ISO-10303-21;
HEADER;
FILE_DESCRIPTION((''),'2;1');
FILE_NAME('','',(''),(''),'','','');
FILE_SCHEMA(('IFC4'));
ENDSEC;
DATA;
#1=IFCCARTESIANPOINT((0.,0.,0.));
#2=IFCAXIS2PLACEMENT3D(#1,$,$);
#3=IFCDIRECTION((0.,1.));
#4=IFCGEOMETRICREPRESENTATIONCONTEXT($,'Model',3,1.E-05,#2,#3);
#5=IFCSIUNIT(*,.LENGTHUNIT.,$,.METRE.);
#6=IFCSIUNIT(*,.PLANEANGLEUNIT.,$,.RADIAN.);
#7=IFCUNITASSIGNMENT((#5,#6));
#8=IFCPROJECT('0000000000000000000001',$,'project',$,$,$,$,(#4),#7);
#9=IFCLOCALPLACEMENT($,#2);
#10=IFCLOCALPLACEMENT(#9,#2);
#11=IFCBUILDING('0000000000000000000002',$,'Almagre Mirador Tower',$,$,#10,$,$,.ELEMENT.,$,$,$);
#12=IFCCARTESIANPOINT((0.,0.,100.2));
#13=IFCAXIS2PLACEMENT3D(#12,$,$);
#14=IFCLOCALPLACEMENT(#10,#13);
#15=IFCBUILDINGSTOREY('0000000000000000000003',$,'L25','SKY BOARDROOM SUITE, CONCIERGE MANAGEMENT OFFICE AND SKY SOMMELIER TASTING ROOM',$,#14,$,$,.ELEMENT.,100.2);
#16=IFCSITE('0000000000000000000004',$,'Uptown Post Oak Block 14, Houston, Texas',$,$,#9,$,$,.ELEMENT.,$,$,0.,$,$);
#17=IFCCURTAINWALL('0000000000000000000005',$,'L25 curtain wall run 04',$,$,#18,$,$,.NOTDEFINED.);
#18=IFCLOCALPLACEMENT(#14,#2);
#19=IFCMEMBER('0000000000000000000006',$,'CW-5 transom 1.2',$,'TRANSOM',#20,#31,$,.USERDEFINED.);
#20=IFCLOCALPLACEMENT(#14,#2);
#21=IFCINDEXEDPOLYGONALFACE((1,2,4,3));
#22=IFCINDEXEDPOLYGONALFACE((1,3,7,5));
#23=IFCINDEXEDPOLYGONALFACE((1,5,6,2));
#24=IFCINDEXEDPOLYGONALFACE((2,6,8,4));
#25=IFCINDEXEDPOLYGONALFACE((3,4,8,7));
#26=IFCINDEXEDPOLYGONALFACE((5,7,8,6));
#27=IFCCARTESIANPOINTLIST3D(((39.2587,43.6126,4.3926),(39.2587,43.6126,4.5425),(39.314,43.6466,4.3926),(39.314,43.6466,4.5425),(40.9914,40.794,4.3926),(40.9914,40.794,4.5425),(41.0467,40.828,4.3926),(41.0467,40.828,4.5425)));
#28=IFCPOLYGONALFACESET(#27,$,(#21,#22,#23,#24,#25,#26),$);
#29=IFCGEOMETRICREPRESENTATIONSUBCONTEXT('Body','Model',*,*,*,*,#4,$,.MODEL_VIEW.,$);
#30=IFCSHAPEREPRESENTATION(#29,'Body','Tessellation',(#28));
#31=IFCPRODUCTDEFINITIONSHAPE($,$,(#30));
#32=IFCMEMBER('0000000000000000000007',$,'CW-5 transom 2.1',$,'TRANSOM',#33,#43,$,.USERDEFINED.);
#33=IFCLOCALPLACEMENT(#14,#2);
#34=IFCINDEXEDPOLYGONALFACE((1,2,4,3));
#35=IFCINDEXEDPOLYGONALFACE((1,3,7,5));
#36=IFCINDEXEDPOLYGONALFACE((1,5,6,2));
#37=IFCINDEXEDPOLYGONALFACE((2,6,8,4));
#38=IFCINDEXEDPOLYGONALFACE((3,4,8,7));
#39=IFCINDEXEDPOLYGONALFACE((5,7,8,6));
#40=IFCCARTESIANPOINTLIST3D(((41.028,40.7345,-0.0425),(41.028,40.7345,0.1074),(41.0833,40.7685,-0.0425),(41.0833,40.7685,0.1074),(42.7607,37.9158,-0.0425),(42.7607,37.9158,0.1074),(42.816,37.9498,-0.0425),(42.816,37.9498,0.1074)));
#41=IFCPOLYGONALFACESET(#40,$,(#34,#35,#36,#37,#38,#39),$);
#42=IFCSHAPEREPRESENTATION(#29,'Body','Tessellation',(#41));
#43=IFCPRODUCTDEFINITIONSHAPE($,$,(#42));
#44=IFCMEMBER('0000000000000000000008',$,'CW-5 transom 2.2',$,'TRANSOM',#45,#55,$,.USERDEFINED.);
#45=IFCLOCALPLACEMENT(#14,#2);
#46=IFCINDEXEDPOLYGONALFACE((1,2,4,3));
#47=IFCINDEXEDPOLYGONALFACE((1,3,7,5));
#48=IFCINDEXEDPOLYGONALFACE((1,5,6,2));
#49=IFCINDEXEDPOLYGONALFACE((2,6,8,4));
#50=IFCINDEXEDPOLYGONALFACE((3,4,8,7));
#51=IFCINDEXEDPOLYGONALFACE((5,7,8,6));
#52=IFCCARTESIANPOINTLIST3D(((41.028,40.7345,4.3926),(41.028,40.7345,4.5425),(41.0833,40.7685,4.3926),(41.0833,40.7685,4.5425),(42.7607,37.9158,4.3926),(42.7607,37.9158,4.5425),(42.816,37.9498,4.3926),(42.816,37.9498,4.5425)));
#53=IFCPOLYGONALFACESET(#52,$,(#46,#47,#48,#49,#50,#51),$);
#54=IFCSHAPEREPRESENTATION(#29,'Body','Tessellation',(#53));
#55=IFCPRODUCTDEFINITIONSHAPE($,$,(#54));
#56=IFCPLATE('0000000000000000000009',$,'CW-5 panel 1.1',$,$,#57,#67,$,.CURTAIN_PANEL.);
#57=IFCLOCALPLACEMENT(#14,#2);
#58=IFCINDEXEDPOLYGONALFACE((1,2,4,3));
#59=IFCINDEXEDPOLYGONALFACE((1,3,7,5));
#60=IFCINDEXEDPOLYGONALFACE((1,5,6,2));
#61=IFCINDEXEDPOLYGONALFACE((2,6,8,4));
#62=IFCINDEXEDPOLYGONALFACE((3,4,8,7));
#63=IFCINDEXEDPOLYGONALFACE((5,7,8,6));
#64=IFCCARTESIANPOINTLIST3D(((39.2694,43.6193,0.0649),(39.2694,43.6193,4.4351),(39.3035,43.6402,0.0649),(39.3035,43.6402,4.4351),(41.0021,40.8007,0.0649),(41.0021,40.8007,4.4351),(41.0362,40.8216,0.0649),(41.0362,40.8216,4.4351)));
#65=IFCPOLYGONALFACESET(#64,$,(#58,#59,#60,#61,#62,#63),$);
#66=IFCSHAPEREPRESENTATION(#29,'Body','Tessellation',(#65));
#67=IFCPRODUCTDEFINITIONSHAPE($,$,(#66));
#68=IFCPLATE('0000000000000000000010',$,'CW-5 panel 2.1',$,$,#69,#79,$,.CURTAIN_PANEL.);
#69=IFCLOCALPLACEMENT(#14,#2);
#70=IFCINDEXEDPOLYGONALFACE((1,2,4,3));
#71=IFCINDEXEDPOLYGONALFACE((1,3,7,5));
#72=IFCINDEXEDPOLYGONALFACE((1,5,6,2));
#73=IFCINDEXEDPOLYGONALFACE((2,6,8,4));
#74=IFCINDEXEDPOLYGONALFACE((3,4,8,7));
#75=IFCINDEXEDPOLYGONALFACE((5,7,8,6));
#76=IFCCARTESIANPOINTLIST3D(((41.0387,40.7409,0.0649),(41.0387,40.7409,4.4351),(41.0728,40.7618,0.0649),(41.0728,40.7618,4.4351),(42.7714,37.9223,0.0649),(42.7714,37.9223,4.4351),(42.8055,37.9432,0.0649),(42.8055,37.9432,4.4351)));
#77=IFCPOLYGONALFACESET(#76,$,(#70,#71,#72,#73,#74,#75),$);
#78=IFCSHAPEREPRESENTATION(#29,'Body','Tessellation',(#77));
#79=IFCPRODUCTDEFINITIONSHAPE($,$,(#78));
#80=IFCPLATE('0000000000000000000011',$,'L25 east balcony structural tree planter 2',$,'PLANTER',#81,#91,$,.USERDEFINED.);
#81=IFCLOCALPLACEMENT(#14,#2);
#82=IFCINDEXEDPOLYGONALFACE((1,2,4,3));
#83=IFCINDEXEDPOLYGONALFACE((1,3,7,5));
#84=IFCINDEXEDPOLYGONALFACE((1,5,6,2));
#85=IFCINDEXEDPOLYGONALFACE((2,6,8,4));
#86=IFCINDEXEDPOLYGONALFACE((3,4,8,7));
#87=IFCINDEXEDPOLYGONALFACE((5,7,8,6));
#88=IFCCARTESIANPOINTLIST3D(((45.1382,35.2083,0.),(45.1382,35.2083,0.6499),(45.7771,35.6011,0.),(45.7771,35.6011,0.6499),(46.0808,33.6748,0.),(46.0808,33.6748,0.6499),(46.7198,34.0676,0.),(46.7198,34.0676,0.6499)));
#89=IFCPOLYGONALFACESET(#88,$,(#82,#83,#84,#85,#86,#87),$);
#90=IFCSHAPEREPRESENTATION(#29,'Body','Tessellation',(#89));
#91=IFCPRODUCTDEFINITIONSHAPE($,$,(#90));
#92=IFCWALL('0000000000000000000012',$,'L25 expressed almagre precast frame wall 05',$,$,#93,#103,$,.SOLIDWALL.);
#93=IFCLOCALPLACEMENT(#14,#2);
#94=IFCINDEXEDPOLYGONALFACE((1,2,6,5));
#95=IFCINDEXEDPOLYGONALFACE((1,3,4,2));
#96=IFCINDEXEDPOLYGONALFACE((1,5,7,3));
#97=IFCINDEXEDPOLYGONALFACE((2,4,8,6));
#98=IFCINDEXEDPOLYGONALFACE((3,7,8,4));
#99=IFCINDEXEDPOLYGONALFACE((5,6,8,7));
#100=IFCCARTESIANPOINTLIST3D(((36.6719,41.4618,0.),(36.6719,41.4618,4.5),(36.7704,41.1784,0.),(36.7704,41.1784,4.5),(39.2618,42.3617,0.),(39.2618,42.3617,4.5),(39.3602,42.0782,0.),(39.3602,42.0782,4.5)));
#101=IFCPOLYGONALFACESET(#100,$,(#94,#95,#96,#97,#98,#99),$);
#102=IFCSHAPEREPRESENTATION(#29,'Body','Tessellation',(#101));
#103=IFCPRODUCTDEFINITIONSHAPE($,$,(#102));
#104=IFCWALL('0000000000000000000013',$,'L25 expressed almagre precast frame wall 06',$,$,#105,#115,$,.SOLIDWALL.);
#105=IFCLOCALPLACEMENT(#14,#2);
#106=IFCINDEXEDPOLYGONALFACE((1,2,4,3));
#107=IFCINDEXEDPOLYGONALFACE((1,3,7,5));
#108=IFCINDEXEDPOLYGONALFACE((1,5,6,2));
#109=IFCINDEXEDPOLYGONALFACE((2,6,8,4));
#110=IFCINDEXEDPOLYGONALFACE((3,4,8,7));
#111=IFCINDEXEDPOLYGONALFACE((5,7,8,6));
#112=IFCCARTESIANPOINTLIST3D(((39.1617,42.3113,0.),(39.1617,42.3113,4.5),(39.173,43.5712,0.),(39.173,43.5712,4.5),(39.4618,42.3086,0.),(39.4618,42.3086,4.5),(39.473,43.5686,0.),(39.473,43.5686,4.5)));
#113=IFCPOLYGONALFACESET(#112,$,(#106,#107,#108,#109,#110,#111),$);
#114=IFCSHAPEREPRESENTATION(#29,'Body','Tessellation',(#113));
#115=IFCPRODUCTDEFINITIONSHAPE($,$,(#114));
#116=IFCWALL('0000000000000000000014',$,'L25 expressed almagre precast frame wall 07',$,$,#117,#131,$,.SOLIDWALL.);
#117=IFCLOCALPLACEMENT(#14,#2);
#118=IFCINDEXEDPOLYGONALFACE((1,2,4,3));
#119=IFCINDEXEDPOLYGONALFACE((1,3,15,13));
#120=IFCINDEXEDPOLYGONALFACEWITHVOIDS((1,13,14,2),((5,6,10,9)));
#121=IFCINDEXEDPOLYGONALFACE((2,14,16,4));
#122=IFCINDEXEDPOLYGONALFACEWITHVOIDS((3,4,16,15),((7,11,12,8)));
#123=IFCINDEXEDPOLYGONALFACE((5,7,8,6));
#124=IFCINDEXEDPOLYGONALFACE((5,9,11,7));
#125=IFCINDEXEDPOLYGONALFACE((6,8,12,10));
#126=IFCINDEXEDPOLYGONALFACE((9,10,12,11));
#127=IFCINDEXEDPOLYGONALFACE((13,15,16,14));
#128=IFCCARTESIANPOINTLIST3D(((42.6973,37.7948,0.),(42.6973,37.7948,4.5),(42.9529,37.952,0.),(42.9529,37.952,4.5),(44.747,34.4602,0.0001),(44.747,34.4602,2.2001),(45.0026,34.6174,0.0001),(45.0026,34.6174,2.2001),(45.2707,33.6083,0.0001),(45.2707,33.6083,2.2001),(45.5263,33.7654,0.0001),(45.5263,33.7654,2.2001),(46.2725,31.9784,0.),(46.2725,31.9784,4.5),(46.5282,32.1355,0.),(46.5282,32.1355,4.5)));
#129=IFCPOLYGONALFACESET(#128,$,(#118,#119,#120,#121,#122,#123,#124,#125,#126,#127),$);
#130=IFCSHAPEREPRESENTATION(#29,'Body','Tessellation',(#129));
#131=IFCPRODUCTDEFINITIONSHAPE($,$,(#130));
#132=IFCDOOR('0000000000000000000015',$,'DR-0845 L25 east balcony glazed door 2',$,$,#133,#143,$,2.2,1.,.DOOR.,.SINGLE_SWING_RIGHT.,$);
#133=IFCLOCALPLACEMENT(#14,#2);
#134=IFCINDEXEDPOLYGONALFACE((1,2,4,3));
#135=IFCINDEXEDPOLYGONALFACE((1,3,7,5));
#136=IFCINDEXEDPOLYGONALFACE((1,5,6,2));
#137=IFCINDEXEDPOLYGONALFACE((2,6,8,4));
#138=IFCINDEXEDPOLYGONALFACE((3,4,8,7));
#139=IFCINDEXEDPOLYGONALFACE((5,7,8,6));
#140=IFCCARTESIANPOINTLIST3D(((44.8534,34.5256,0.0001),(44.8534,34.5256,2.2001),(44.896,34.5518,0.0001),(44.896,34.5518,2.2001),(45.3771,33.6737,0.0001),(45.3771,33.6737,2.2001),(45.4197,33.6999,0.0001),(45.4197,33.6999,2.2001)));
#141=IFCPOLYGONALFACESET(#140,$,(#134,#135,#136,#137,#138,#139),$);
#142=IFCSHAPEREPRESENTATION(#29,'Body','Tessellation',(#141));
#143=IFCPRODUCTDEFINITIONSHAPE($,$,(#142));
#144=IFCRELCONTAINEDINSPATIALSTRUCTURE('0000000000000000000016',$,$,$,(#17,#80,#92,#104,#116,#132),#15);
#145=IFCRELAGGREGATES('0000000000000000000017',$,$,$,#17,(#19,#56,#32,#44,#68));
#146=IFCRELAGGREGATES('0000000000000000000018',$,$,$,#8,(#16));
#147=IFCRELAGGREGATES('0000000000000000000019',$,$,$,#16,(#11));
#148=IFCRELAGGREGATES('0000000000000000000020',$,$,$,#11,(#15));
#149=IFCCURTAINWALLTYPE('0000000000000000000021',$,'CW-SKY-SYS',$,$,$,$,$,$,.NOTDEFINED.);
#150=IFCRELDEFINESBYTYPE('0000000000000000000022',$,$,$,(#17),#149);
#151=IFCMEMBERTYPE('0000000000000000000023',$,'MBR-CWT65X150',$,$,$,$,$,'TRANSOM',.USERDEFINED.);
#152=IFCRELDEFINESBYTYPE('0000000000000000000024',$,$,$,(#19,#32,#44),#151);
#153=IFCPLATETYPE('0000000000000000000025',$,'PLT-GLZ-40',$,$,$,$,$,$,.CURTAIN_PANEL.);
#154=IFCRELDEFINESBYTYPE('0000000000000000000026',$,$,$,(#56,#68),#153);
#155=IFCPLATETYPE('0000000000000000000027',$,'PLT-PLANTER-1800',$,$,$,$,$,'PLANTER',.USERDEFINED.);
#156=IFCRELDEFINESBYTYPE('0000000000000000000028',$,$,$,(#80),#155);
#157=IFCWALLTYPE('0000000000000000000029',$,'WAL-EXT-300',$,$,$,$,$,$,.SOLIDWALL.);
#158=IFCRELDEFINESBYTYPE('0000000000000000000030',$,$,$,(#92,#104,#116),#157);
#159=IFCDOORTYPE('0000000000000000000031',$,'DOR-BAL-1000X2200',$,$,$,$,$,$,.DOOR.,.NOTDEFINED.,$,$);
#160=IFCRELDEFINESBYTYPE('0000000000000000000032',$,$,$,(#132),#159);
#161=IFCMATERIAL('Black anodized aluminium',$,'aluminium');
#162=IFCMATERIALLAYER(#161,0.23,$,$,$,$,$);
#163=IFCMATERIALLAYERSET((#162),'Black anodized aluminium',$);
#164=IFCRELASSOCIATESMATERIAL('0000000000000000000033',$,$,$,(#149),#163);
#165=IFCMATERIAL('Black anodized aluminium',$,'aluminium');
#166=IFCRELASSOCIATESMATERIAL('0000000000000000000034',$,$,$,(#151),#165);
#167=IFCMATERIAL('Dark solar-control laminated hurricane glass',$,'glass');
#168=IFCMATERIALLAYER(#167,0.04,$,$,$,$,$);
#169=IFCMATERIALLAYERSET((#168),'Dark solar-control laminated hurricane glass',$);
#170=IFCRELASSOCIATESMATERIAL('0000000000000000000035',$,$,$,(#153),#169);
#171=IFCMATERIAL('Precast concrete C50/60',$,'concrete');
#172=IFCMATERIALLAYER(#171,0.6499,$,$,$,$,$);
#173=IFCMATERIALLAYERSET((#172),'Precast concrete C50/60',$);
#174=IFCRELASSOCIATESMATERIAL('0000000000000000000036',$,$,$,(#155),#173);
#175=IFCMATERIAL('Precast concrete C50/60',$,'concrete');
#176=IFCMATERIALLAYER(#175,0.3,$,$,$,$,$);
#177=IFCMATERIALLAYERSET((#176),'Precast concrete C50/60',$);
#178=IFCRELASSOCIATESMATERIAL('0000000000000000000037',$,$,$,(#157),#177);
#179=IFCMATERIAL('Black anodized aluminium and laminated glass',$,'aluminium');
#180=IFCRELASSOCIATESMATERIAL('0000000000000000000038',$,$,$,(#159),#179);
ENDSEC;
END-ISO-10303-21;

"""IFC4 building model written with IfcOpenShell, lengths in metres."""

from ifc_helpers import new_model, si_unit, direction, frame, frame_2d, origin, origin_2d, place, context, subcontext, project, spatial, rectangle, extrude, material, layer, layer_set, material_profile, profile_set, type_object, element, fill, aggregate, save


model = new_model("IFC4")

# Units and contexts
model_context = context("Model", 3, precision=1e-05, world=origin(), true_north=direction((0.0, 1.0)))
body_context = subcontext(model_context, "Body", "Model", "MODEL_VIEW")
ifc_project = project(units=[si_unit("LENGTHUNIT", "METRE"), si_unit("PLANEANGLEUNIT", "RADIAN")], contexts=[model_context])

# Site, building, storey
site_placement = place(None, origin())
site = spatial("IfcSite", under=ifc_project, at=site_placement, Name="Uptown Post Oak Block 14, Houston, Texas", CompositionType="ELEMENT", RefElevation=0.0)
building_placement = place(site_placement, origin())
building = spatial("IfcBuilding", under=site, at=building_placement, Name="Almagre Mirador Tower", CompositionType="ELEMENT")
storey_placement = place(building_placement, frame((0.0, 0.0, 100.2)))
storey = spatial("IfcBuildingStorey", under=building, at=storey_placement, Name="L25", Description="SKY BOARDROOM SUITE, CONCIERGE MANAGEMENT OFFICE AND SKY SOMMELIER TASTING ROOM", CompositionType="ELEMENT", Elevation=100.2)

# Curtain wall, members, plates
ifc_material_1 = material(Name="Black anodized aluminium", Category="aluminium")
ifc_layer_1 = layer(ifc_material_1, 0.23)
ifc_layer_set_1 = layer_set([ifc_layer_1], Name="Black anodized aluminium")
curtain_wall_type = type_object("IfcCurtainWallType", Name="CW-SKY-SYS", PredefinedType="NOTDEFINED", material=ifc_layer_set_1)
curtain_wall_placement = place(storey_placement, origin())
curtain_wall = element("IfcCurtainWall", 1, at=curtain_wall_placement, inside=storey, type_object=curtain_wall_type, Name="L25 curtain wall run 04", PredefinedType="NOTDEFINED")
ifc_material_2 = material(Name="Black anodized aluminium", Category="aluminium")
ifc_material_profile_1 = material_profile(ifc_material_2, rectangle(XDim=0.0649, YDim=0.1499, at=origin_2d()), Name="CWT65X150")
ifc_profile_set_1 = profile_set([ifc_material_profile_1], Name="Black anodized aluminium")
member_type_1 = type_object("IfcMemberType", Name="MBR-CWT65X150", ElementType="TRANSOM", PredefinedType="USERDEFINED", material=ifc_profile_set_1)
member_1_placement = place(storey_placement, frame((39.2864, 43.6296, 4.4675), z_axis=(0.52369, -0.851909, 0.0), x_axis=(0.851909, 0.52369, 0.0)))
member_1 = element("IfcMember", 2, at=member_1_placement, type_object=member_type_1, Name="CW-5 transom 1.2", ObjectType="TRANSOM", PredefinedType="USERDEFINED", context=body_context, shape_type="SweptSolid", body=[
    extrude(rectangle(XDim=0.0649, YDim=0.1499, at=origin_2d()), origin(), (0.0, 0.0, 1.0), 3.3086),
])
member_2_placement = place(storey_placement, frame((41.0557, 40.7515, 0.0325), z_axis=(0.52369, -0.851909, 0.0), x_axis=(0.851909, 0.52369, 0.0)))
member_2 = element("IfcMember", 3, at=member_2_placement, type_object=member_type_1, Name="CW-5 transom 2.1", ObjectType="TRANSOM", PredefinedType="USERDEFINED", context=body_context, shape_type="SweptSolid", body=[
    extrude(rectangle(XDim=0.0649, YDim=0.1499, at=origin_2d()), origin(), (0.0, 0.0, 1.0), 3.3086),
])
member_3_placement = place(storey_placement, frame((41.0557, 40.7515, 4.4675), z_axis=(0.52369, -0.851909, 0.0), x_axis=(0.851909, 0.52369, 0.0)))
member_3 = element("IfcMember", 4, at=member_3_placement, type_object=member_type_1, Name="CW-5 transom 2.2", ObjectType="TRANSOM", PredefinedType="USERDEFINED", context=body_context, shape_type="SweptSolid", body=[
    extrude(rectangle(XDim=0.0649, YDim=0.1499, at=origin_2d()), origin(), (0.0, 0.0, 1.0), 3.3086),
])
ifc_material_3 = material(Name="Dark solar-control laminated hurricane glass", Category="glass")
ifc_layer_2 = layer(ifc_material_3, 0.04)
ifc_layer_set_2 = layer_set([ifc_layer_2], Name="Dark solar-control laminated hurricane glass")
plate_type_1 = type_object("IfcPlateType", Name="PLT-GLZ-40", PredefinedType="CURTAIN_PANEL", material=ifc_layer_set_2)
plate_1_placement = place(storey_placement, frame((40.1528, 42.2205, 0.0649), z_axis=(0.0, 0.0, 1.0), x_axis=(0.5237, -0.851903, 0.0)))
plate_1 = element("IfcPlate", 5, at=plate_1_placement, type_object=plate_type_1, Name="CW-5 panel 1.1", PredefinedType="CURTAIN_PANEL", context=body_context, shape_type="SweptSolid", body=[
    extrude(rectangle(XDim=3.3086, YDim=0.04, at=origin_2d()), origin(), (0.0, 0.0, 1.0), 4.3701),
])
plate_2_placement = place(storey_placement, frame((41.9221, 39.342, 0.0649), z_axis=(0.0, 0.0, 1.0), x_axis=(0.5237, -0.851903, 0.0)))
plate_2 = element("IfcPlate", 6, at=plate_2_placement, type_object=plate_type_1, Name="CW-5 panel 2.1", PredefinedType="CURTAIN_PANEL", context=body_context, shape_type="SweptSolid", body=[
    extrude(rectangle(XDim=3.3086, YDim=0.04, at=origin_2d()), origin(), (0.0, 0.0, 1.0), 4.3701),
])
aggregate(curtain_wall, [member_1, plate_1, member_2, member_3, plate_2])

# Plate
ifc_material_4 = material(Name="Precast concrete C50/60", Category="concrete")
ifc_layer_3 = layer(ifc_material_4, 0.6499)
ifc_layer_set_3 = layer_set([ifc_layer_3], Name="Precast concrete C50/60")
plate_type_2 = type_object("IfcPlateType", Name="PLT-PLANTER-1800", ElementType="PLANTER", PredefinedType="USERDEFINED", material=ifc_layer_set_3)
plate_3_placement = place(storey_placement, frame((45.929, 34.6379, 0.0), z_axis=(0.0, 0.0, 1.0), x_axis=(-0.523689, 0.85191, 0.0)))
element("IfcPlate", 7, at=plate_3_placement, inside=storey, type_object=plate_type_2, Name="L25 east balcony structural tree planter 2", ObjectType="PLANTER", PredefinedType="USERDEFINED", context=body_context, shape_type="SweptSolid", body=[
    extrude(rectangle(XDim=1.8, YDim=0.75, at=origin_2d()), origin(), (0.0, 0.0, 1.0), 0.6499),
])

# Walls
ifc_material_5 = material(Name="Precast concrete C50/60", Category="concrete")
ifc_layer_4 = layer(ifc_material_5, 0.3)
ifc_layer_set_4 = layer_set([ifc_layer_4], Name="Precast concrete C50/60")
wall_type_1 = type_object("IfcWallType", Name="WAL-EXT-300", PredefinedType="SOLIDWALL", material=ifc_layer_set_4)
wall_1_placement = place(storey_placement, frame((36.7212, 41.3201, 0.0), z_axis=(0.0, 0.0, 1.0), x_axis=(0.9446, 0.328224, 0.0)))
element("IfcWall", 8, at=wall_1_placement, inside=storey, type_object=wall_type_1, Name="L25 expressed almagre precast frame wall 05", PredefinedType="SOLIDWALL", context=body_context, shape_type="SweptSolid", body=[
    extrude(rectangle(XDim=2.7417, YDim=0.3, at=frame_2d((1.3708, 0.0))), origin(), (0.0, 0.0, 1.0), 4.5),
])
wall_2_placement = place(storey_placement, frame((39.3118, 42.3101, 0.0), z_axis=(0.0, 0.0, 1.0), x_axis=(0.008913, 0.99996, 0.0)))
element("IfcWall", 9, at=wall_2_placement, inside=storey, type_object=wall_type_1, Name="L25 expressed almagre precast frame wall 06", PredefinedType="SOLIDWALL", context=body_context, shape_type="SweptSolid", body=[
    extrude(rectangle(XDim=1.26, YDim=0.3, at=frame_2d((0.6299, 0.0))), origin(), (0.0, 0.0, 1.0), 4.5),
])

# Wall, opening, door
wall_3_placement = place(storey_placement, frame((42.8252, 37.8733, 0.0), z_axis=(0.0, 0.0, 1.0), x_axis=(0.523658, -0.851928, 0.0)))
wall_3 = element("IfcWall", 10, at=wall_3_placement, inside=storey, type_object=wall_type_1, Name="L25 expressed almagre precast frame wall 07", PredefinedType="SOLIDWALL", context=body_context, shape_type="SweptSolid", body=[
    extrude(rectangle(XDim=6.8274, YDim=0.3, at=frame_2d((3.4136, 0.0))), origin(), (0.0, 0.0, 1.0), 4.5),
])
opening_1_placement = place(wall_3_placement, frame((3.9141, 0.0, 0.0)))
opening_1 = element("IfcOpeningElement", 11, at=opening_1_placement, cuts=wall_3, PredefinedType="OPENING", context=body_context, shape_type="SweptSolid", body=[
    extrude(rectangle(XDim=1.0, YDim=2.2, at=frame_2d((0.5, 1.1001))), frame((0.0, 0.1599, 0.0), z_axis=(0.0, -1.0, 0.0), x_axis=(1.0, 0.0, 0.0)), (0.0, 0.0, 1.0), 0.32),
])
ifc_material_6 = material(Name="Black anodized aluminium and laminated glass", Category="aluminium")
door_type = type_object("IfcDoorType", Name="DOR-BAL-1000X2200", OperationType="NOTDEFINED", PredefinedType="DOOR", material=ifc_material_6)
door_placement = place(opening_1_placement, origin())
door = element("IfcDoor", 12, at=door_placement, inside=storey, type_object=door_type, Name="DR-0845 L25 east balcony glazed door 2", OperationType="SINGLE_SWING_RIGHT", OverallHeight=2.2, OverallWidth=1.0, PredefinedType="DOOR", context=body_context, shape_type="SweptSolid", body=[
    extrude(rectangle(XDim=1.0, YDim=2.2, at=frame_2d((0.5, 1.1001))), frame((0.0, 0.0249, 0.0), z_axis=(0.0, -1.0, 0.0), x_axis=(1.0, 0.0, 0.0)), (0.0, 0.0, 1.0), 0.05),
])
fill(opening_1, door)

save(model, "model.ifc")
